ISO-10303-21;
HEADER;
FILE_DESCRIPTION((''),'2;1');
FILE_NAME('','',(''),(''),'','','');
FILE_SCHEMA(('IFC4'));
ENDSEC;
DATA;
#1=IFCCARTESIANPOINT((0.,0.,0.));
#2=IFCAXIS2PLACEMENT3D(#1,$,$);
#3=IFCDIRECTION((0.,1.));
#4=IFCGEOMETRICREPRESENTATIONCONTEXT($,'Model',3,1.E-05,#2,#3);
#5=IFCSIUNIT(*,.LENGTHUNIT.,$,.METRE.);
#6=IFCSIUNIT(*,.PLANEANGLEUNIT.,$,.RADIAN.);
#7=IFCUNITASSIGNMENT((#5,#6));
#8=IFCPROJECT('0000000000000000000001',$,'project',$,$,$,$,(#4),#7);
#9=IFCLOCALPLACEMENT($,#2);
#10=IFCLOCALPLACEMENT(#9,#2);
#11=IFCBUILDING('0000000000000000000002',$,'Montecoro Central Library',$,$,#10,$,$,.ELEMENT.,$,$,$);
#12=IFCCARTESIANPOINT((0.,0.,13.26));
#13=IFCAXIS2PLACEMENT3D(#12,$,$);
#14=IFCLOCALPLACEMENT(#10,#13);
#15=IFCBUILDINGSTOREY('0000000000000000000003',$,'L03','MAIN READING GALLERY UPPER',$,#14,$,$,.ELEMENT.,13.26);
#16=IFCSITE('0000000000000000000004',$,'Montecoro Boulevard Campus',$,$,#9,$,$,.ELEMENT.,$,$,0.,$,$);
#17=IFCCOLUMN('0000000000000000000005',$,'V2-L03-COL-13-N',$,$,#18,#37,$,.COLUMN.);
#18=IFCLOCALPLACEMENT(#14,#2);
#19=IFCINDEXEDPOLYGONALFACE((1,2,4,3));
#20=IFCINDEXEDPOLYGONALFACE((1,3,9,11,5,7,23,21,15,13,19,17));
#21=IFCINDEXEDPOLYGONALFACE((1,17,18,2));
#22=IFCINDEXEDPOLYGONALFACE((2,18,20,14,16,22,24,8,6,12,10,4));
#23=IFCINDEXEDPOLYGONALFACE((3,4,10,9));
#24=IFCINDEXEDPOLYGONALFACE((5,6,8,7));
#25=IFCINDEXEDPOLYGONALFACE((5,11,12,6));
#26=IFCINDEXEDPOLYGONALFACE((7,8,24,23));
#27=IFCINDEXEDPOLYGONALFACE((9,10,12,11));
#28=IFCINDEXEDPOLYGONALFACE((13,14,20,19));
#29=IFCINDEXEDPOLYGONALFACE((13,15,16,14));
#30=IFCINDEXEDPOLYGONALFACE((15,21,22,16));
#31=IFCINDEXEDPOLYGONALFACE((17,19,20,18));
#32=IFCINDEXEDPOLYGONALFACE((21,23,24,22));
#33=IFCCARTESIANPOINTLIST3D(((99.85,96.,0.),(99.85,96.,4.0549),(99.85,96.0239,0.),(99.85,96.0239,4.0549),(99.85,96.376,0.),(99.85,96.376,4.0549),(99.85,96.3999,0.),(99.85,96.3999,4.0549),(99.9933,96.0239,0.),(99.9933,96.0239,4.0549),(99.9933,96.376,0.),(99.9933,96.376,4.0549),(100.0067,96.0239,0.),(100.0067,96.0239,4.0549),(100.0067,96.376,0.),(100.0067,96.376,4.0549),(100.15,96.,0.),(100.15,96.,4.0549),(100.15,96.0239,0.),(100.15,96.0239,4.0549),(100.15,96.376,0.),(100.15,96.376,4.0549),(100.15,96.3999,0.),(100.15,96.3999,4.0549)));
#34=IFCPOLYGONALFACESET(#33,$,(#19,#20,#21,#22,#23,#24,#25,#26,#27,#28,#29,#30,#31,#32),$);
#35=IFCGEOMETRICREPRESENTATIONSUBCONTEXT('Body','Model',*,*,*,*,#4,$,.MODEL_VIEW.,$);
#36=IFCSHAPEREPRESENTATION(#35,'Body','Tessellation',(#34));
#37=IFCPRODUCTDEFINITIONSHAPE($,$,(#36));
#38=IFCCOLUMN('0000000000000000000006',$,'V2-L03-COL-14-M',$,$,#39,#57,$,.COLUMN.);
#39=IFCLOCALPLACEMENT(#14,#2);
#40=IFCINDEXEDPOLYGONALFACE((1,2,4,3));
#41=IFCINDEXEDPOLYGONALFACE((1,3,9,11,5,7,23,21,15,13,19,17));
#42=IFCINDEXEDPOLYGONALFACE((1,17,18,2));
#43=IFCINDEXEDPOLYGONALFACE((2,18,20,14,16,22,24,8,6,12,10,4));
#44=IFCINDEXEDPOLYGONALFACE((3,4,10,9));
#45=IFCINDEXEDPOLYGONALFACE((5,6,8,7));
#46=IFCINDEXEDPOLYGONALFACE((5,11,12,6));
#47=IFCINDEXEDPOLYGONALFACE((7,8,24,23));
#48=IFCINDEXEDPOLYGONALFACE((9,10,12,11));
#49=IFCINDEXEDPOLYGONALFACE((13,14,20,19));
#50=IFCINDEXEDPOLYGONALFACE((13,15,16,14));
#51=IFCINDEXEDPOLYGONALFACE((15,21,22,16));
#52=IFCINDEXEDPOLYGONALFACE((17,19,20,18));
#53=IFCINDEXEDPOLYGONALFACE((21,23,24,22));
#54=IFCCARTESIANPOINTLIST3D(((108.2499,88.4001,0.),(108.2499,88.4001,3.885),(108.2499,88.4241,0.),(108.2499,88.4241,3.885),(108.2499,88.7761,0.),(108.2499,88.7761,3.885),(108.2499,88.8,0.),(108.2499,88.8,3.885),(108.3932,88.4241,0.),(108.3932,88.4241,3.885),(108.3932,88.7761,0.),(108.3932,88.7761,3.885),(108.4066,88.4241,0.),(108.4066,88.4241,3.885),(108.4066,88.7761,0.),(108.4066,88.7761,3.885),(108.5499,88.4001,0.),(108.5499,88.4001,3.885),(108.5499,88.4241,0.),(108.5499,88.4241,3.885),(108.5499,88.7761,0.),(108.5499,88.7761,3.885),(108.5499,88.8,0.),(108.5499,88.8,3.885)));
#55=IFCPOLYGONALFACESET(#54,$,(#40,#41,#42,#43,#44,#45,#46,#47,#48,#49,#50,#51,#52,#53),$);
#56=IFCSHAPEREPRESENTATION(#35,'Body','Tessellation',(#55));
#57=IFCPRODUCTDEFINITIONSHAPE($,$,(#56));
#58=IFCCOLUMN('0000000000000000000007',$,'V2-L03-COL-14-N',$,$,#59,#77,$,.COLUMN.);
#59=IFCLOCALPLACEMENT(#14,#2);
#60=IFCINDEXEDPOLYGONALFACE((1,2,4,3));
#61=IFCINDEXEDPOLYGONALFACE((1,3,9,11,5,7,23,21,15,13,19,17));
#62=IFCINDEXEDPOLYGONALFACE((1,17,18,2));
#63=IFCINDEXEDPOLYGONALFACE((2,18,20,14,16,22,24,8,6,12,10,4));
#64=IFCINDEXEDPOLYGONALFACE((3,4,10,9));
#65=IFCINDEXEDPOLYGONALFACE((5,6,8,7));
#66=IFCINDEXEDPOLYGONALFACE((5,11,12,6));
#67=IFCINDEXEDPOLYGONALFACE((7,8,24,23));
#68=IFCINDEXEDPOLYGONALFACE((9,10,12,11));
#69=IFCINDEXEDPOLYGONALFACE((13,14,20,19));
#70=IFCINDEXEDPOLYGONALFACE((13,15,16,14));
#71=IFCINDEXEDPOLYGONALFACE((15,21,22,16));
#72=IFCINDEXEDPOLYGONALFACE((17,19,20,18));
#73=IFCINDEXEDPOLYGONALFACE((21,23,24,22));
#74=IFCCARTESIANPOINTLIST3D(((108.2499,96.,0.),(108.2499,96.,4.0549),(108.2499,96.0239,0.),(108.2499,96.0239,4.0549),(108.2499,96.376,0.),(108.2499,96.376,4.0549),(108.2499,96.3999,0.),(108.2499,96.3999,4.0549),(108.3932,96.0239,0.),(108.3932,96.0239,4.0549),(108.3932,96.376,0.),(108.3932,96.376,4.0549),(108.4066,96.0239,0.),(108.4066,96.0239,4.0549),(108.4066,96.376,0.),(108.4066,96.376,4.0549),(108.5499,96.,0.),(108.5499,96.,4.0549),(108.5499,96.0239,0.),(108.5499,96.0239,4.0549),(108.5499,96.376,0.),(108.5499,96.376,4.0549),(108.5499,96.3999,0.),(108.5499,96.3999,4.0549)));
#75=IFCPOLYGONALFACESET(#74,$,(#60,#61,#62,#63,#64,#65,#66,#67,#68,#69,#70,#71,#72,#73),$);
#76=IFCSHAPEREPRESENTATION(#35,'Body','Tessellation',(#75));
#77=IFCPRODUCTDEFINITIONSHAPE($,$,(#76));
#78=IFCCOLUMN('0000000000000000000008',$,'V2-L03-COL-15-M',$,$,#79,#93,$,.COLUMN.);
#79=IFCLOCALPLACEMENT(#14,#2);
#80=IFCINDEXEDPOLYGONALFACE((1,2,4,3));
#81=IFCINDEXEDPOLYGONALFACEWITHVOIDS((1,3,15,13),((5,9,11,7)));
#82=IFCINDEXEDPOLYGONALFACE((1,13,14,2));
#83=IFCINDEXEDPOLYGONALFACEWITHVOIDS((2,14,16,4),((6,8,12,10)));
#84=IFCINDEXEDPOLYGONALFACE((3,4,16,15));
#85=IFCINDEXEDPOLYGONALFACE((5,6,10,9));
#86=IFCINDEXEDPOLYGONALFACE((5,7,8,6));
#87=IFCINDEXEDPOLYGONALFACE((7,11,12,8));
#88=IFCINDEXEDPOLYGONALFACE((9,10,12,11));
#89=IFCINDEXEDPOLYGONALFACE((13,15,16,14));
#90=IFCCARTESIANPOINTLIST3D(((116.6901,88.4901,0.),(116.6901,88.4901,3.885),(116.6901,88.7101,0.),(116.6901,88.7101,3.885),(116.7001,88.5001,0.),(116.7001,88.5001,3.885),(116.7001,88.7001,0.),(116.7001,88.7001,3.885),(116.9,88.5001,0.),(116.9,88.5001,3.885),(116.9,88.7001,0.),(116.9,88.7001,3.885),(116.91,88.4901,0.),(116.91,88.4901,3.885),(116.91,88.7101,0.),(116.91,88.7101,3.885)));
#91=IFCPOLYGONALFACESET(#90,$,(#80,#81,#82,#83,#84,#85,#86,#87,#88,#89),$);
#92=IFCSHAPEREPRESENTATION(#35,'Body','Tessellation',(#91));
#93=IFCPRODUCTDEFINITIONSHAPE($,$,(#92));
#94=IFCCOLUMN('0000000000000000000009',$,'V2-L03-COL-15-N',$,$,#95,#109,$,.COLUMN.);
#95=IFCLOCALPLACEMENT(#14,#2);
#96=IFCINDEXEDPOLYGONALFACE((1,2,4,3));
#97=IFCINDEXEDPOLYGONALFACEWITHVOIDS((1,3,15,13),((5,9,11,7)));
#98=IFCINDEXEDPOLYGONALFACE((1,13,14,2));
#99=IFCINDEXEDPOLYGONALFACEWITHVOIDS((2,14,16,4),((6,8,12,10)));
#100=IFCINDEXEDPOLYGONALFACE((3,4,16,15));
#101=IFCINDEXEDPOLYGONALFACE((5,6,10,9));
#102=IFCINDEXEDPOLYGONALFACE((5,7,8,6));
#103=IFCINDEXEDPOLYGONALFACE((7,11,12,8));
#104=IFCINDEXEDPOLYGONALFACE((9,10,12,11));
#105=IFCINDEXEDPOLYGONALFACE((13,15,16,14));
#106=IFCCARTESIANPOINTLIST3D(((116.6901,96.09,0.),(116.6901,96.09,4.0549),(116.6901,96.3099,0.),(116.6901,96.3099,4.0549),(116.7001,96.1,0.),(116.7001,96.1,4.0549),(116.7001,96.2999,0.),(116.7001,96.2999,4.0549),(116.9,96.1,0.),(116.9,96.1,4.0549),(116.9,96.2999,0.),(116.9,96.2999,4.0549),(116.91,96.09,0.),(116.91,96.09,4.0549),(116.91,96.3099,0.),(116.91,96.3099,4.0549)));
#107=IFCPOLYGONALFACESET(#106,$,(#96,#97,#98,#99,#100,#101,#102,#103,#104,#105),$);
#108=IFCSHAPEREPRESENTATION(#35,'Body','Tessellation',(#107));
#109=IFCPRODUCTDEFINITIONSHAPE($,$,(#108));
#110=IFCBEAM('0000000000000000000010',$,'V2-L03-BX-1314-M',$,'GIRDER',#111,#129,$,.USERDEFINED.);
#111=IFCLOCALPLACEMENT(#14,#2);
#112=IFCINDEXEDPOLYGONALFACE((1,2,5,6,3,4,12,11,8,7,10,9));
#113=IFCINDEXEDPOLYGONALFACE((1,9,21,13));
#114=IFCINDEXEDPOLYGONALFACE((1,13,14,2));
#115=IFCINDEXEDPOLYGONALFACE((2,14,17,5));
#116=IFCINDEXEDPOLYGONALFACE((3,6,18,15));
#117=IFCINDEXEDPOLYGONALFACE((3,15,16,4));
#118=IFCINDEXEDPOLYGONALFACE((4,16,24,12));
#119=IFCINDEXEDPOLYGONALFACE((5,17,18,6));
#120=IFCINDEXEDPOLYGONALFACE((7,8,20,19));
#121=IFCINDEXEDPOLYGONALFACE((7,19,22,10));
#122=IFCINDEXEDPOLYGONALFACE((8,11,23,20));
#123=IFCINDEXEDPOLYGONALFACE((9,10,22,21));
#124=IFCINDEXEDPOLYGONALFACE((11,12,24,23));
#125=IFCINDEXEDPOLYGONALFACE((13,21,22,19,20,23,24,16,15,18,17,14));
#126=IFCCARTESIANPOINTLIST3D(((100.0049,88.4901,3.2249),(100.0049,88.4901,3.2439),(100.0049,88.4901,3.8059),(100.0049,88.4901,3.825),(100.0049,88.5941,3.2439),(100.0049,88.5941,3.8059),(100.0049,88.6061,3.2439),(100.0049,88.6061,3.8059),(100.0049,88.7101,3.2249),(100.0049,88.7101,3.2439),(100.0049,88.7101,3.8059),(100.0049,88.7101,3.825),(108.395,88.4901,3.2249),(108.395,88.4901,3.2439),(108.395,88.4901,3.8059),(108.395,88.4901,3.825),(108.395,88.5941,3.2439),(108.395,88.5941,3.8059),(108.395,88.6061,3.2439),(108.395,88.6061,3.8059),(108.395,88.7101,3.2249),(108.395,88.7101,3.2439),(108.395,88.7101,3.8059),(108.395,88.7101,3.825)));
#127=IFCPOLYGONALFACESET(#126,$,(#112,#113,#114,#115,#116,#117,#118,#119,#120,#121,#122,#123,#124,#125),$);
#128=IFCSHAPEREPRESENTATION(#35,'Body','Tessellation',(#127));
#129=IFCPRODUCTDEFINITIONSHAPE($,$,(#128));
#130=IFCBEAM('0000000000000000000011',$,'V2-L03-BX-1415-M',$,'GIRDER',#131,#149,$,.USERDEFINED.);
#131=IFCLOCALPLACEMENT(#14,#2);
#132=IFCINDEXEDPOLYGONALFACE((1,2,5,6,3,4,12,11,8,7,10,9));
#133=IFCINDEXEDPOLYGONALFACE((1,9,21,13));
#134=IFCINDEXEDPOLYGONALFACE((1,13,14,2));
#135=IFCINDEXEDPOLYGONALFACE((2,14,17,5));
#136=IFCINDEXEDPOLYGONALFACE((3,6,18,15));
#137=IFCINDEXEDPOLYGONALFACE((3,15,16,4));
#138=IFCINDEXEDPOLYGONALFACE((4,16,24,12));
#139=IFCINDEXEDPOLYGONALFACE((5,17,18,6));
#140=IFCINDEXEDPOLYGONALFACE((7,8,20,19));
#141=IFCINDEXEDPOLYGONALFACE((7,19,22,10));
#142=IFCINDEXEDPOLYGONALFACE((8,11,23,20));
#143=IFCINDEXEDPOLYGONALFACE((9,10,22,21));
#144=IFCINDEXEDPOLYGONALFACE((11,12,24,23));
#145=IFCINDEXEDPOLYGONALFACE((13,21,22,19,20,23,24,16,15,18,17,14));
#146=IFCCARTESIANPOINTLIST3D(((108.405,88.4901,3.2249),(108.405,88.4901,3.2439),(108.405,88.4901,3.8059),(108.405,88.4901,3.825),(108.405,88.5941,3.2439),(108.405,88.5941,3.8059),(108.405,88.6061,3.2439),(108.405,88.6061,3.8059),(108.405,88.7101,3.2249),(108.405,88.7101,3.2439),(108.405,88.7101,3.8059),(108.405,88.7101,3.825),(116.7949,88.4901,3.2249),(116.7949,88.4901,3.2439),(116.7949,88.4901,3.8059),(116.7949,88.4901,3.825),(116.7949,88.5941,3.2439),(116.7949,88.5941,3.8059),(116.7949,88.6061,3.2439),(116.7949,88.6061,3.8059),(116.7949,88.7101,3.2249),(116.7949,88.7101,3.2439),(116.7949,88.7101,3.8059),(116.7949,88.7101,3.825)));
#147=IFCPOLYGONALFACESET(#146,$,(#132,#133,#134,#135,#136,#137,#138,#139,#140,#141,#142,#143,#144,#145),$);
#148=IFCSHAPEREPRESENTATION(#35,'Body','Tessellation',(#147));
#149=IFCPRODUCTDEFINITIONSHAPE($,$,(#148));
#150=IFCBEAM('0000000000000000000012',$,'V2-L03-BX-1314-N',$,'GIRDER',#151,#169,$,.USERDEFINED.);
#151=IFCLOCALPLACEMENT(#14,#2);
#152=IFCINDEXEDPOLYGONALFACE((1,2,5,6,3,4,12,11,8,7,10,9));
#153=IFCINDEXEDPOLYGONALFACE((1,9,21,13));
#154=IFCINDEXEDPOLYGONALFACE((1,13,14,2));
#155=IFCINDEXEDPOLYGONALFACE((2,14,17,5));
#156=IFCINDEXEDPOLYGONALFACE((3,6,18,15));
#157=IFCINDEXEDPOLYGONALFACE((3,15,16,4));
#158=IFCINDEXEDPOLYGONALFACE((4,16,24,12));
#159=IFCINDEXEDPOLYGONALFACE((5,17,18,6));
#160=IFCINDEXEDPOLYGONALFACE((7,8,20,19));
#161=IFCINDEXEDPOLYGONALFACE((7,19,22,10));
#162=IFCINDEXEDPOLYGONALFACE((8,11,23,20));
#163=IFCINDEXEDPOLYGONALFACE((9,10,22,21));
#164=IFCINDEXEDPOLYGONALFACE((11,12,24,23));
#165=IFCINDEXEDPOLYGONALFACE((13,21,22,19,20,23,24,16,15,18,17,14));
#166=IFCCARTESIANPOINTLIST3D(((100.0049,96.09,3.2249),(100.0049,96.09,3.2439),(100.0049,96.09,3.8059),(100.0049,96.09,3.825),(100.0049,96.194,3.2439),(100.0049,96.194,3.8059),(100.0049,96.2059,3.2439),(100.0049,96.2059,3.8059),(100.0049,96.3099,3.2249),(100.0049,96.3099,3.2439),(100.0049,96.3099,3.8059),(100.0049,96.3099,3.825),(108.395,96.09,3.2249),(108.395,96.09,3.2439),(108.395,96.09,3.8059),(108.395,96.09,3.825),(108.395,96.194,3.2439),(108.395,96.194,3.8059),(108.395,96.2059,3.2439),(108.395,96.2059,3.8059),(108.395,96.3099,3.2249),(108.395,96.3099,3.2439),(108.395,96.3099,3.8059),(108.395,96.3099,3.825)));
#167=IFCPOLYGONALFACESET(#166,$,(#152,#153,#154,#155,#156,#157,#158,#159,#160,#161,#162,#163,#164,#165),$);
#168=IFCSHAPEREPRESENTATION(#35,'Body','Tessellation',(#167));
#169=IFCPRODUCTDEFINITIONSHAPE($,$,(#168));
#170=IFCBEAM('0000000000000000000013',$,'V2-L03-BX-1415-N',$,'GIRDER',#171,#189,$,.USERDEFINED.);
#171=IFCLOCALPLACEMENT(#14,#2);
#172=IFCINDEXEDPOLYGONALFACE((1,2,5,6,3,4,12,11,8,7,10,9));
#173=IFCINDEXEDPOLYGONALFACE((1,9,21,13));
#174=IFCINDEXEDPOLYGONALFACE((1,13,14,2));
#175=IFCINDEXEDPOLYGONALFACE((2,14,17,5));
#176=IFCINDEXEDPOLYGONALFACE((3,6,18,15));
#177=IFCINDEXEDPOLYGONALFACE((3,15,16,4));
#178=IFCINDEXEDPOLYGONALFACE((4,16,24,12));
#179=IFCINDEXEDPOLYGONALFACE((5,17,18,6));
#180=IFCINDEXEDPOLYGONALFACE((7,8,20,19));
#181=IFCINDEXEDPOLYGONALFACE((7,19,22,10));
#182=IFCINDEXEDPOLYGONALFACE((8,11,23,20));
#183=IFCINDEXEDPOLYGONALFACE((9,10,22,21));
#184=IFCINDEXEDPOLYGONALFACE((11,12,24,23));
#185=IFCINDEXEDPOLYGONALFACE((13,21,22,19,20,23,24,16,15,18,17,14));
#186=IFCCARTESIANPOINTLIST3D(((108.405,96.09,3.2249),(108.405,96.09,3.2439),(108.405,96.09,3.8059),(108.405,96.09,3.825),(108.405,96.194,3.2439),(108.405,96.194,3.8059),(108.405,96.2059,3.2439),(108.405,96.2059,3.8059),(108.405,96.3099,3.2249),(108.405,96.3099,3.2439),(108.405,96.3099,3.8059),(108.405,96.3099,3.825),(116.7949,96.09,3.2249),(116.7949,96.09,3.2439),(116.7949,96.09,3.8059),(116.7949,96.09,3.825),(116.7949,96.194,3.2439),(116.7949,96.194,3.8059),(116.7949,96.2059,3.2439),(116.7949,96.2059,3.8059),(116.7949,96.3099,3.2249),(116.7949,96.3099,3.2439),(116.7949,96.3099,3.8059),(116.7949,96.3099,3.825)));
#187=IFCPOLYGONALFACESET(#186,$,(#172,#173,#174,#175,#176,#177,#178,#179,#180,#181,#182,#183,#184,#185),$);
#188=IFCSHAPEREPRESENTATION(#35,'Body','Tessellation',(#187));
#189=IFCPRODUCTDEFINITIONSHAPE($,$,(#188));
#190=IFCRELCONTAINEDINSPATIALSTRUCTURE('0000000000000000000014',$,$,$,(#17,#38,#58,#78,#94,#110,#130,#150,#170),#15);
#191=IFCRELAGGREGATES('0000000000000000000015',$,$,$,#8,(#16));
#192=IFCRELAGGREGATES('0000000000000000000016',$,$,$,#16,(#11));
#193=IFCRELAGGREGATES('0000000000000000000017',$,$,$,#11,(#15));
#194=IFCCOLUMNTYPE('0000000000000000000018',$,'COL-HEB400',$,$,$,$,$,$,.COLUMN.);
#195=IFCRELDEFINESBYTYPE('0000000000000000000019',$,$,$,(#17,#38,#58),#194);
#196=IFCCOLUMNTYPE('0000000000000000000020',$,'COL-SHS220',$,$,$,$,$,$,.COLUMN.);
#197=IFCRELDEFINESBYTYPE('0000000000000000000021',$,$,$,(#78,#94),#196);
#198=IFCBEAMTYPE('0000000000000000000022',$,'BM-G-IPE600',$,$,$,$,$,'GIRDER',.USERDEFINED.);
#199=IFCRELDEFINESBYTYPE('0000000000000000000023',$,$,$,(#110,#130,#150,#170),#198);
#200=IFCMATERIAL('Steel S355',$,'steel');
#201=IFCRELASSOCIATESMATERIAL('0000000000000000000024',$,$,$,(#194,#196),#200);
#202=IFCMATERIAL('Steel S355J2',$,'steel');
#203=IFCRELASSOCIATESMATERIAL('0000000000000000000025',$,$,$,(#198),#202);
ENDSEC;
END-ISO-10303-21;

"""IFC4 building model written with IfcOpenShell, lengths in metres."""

from ifc_helpers import new_model, si_unit, direction, frame, origin, origin_2d, place, context, subcontext, project, spatial, hollow_rectangle, i_section, extrude, material, material_profile, profile_set, type_object, element, save


model = new_model("IFC4")

# Units and contexts
model_context = context("Model", 3, precision=1e-05, world=origin(), true_north=direction((0.0, 1.0)))
body_context = subcontext(model_context, "Body", "Model", "MODEL_VIEW")
ifc_project = project(units=[si_unit("LENGTHUNIT", "METRE"), si_unit("PLANEANGLEUNIT", "RADIAN")], contexts=[model_context])

# Site, building, storey
site_placement = place(None, origin())
site = spatial("IfcSite", under=ifc_project, at=site_placement, Name="Montecoro Boulevard Campus", CompositionType="ELEMENT", RefElevation=0.0)
building_placement = place(site_placement, origin())
building = spatial("IfcBuilding", under=site, at=building_placement, Name="Montecoro Central Library", CompositionType="ELEMENT")
storey_placement = place(building_placement, frame((0.0, 0.0, 13.26)))
storey = spatial("IfcBuildingStorey", under=building, at=storey_placement, Name="L03", Description="MAIN READING GALLERY UPPER", CompositionType="ELEMENT", Elevation=13.26)

# Columns
ifc_material_1 = material(Name="Steel S355", Category="steel")
ifc_material_profile_1 = material_profile(ifc_material_1, i_section(OverallWidth=0.3, OverallDepth=0.3999, WebThickness=0.0134, FlangeThickness=0.0239, at=origin_2d()), Name="HEB 400")
ifc_profile_set_1 = profile_set([ifc_material_profile_1], Name="Steel S355")
column_type_1 = type_object("IfcColumnType", Name="COL-HEB400", PredefinedType="COLUMN", material=ifc_profile_set_1)
column_1_placement = place(storey_placement, frame((100.0, 96.2, 0.0), z_axis=(0.0, 0.0, 1.0), x_axis=(1.0, 0.0, 0.0)))
element("IfcColumn", 1, at=column_1_placement, inside=storey, type_object=column_type_1, Name="V2-L03-COL-13-N", PredefinedType="COLUMN", context=body_context, shape_type="SweptSolid", body=[
    extrude(i_section(OverallWidth=0.3, OverallDepth=0.3999, WebThickness=0.0134, FlangeThickness=0.0239, at=origin_2d()), origin(), (0.0, 0.0, 1.0), 4.0549),
])
column_2_placement = place(storey_placement, frame((108.3999, 88.6001, 0.0), z_axis=(0.0, 0.0, 1.0), x_axis=(1.0, 0.0, 0.0)))
element("IfcColumn", 2, at=column_2_placement, inside=storey, type_object=column_type_1, Name="V2-L03-COL-14-M", PredefinedType="COLUMN", context=body_context, shape_type="SweptSolid", body=[
    extrude(i_section(OverallWidth=0.3, OverallDepth=0.3999, WebThickness=0.0134, FlangeThickness=0.0239, at=origin_2d()), origin(), (0.0, 0.0, 1.0), 3.885),
])
column_3_placement = place(storey_placement, frame((108.3999, 96.2, 0.0), z_axis=(0.0, 0.0, 1.0), x_axis=(1.0, 0.0, 0.0)))
element("IfcColumn", 3, at=column_3_placement, inside=storey, type_object=column_type_1, Name="V2-L03-COL-14-N", PredefinedType="COLUMN", context=body_context, shape_type="SweptSolid", body=[
    extrude(i_section(OverallWidth=0.3, OverallDepth=0.3999, WebThickness=0.0134, FlangeThickness=0.0239, at=origin_2d()), origin(), (0.0, 0.0, 1.0), 4.0549),
])
ifc_material_profile_2 = material_profile(ifc_material_1, hollow_rectangle(XDim=0.22, YDim=0.22, WallThickness=0.01, at=origin_2d()), Name="SHS 220x220x10.0")
ifc_profile_set_2 = profile_set([ifc_material_profile_2], Name="Steel S355")
column_type_2 = type_object("IfcColumnType", Name="COL-SHS220", PredefinedType="COLUMN", material=ifc_profile_set_2)
column_4_placement = place(storey_placement, frame((116.8, 88.6001, 0.0), z_axis=(0.0, 0.0, 1.0), x_axis=(1.0, 0.0, 0.0)))
element("IfcColumn", 4, at=column_4_placement, inside=storey, type_object=column_type_2, Name="V2-L03-COL-15-M", PredefinedType="COLUMN", context=body_context, shape_type="SweptSolid", body=[
    extrude(hollow_rectangle(XDim=0.22, YDim=0.22, WallThickness=0.01, at=origin_2d()), origin(), (0.0, 0.0, 1.0), 3.885),
])
column_5_placement = place(storey_placement, frame((116.8, 96.2, 0.0), z_axis=(0.0, 0.0, 1.0), x_axis=(1.0, 0.0, 0.0)))
element("IfcColumn", 5, at=column_5_placement, inside=storey, type_object=column_type_2, Name="V2-L03-COL-15-N", PredefinedType="COLUMN", context=body_context, shape_type="SweptSolid", body=[
    extrude(hollow_rectangle(XDim=0.22, YDim=0.22, WallThickness=0.01, at=origin_2d()), origin(), (0.0, 0.0, 1.0), 4.0549),
])

# Beams
ifc_material_2 = material(Name="Steel S355J2", Category="steel")
ifc_material_profile_3 = material_profile(ifc_material_2, i_section(OverallWidth=0.22, OverallDepth=0.6001, WebThickness=0.012, FlangeThickness=0.019, at=origin_2d()), Name="IPE 600")
ifc_profile_set_3 = profile_set([ifc_material_profile_3], Name="Steel S355J2")
beam_type_1 = type_object("IfcBeamType", Name="BM-G-IPE600", ElementType="GIRDER", PredefinedType="USERDEFINED", material=ifc_profile_set_3)
beam_1_placement = place(storey_placement, frame((100.0049, 88.6001, 3.5249), z_axis=(1.0, 0.0, 0.0), x_axis=(0.0, 1.0, 0.0)))
element("IfcBeam", 6, at=beam_1_placement, inside=storey, type_object=beam_type_1, Name="V2-L03-BX-1314-M", ObjectType="GIRDER", PredefinedType="USERDEFINED", context=body_context, shape_type="SweptSolid", body=[
    extrude(i_section(OverallWidth=0.22, OverallDepth=0.6001, WebThickness=0.012, FlangeThickness=0.019, at=origin_2d()), origin(), (0.0, 0.0, 1.0), 8.3901),
])
beam_2_placement = place(storey_placement, frame((108.405, 88.6001, 3.5249), z_axis=(1.0, 0.0, 0.0), x_axis=(0.0, 1.0, 0.0)))
element("IfcBeam", 7, at=beam_2_placement, inside=storey, type_object=beam_type_1, Name="V2-L03-BX-1415-M", ObjectType="GIRDER", PredefinedType="USERDEFINED", context=body_context, shape_type="SweptSolid", body=[
    extrude(i_section(OverallWidth=0.22, OverallDepth=0.6001, WebThickness=0.012, FlangeThickness=0.019, at=origin_2d()), origin(), (0.0, 0.0, 1.0), 8.3899),
])
beam_3_placement = place(storey_placement, frame((100.0049, 96.2, 3.5249), z_axis=(1.0, 0.0, 0.0), x_axis=(0.0, 1.0, 0.0)))
element("IfcBeam", 8, at=beam_3_placement, inside=storey, type_object=beam_type_1, Name="V2-L03-BX-1314-N", ObjectType="GIRDER", PredefinedType="USERDEFINED", context=body_context, shape_type="SweptSolid", body=[
    extrude(i_section(OverallWidth=0.22, OverallDepth=0.6001, WebThickness=0.012, FlangeThickness=0.019, at=origin_2d()), origin(), (0.0, 0.0, 1.0), 8.3901),
])
beam_4_placement = place(storey_placement, frame((108.405, 96.2, 3.5249), z_axis=(1.0, 0.0, 0.0), x_axis=(0.0, 1.0, 0.0)))
element("IfcBeam", 9, at=beam_4_placement, inside=storey, type_object=beam_type_1, Name="V2-L03-BX-1415-N", ObjectType="GIRDER", PredefinedType="USERDEFINED", context=body_context, shape_type="SweptSolid", body=[
    extrude(i_section(OverallWidth=0.22, OverallDepth=0.6001, WebThickness=0.012, FlangeThickness=0.019, at=origin_2d()), origin(), (0.0, 0.0, 1.0), 8.3899),
])

save(model, "model.ifc")
